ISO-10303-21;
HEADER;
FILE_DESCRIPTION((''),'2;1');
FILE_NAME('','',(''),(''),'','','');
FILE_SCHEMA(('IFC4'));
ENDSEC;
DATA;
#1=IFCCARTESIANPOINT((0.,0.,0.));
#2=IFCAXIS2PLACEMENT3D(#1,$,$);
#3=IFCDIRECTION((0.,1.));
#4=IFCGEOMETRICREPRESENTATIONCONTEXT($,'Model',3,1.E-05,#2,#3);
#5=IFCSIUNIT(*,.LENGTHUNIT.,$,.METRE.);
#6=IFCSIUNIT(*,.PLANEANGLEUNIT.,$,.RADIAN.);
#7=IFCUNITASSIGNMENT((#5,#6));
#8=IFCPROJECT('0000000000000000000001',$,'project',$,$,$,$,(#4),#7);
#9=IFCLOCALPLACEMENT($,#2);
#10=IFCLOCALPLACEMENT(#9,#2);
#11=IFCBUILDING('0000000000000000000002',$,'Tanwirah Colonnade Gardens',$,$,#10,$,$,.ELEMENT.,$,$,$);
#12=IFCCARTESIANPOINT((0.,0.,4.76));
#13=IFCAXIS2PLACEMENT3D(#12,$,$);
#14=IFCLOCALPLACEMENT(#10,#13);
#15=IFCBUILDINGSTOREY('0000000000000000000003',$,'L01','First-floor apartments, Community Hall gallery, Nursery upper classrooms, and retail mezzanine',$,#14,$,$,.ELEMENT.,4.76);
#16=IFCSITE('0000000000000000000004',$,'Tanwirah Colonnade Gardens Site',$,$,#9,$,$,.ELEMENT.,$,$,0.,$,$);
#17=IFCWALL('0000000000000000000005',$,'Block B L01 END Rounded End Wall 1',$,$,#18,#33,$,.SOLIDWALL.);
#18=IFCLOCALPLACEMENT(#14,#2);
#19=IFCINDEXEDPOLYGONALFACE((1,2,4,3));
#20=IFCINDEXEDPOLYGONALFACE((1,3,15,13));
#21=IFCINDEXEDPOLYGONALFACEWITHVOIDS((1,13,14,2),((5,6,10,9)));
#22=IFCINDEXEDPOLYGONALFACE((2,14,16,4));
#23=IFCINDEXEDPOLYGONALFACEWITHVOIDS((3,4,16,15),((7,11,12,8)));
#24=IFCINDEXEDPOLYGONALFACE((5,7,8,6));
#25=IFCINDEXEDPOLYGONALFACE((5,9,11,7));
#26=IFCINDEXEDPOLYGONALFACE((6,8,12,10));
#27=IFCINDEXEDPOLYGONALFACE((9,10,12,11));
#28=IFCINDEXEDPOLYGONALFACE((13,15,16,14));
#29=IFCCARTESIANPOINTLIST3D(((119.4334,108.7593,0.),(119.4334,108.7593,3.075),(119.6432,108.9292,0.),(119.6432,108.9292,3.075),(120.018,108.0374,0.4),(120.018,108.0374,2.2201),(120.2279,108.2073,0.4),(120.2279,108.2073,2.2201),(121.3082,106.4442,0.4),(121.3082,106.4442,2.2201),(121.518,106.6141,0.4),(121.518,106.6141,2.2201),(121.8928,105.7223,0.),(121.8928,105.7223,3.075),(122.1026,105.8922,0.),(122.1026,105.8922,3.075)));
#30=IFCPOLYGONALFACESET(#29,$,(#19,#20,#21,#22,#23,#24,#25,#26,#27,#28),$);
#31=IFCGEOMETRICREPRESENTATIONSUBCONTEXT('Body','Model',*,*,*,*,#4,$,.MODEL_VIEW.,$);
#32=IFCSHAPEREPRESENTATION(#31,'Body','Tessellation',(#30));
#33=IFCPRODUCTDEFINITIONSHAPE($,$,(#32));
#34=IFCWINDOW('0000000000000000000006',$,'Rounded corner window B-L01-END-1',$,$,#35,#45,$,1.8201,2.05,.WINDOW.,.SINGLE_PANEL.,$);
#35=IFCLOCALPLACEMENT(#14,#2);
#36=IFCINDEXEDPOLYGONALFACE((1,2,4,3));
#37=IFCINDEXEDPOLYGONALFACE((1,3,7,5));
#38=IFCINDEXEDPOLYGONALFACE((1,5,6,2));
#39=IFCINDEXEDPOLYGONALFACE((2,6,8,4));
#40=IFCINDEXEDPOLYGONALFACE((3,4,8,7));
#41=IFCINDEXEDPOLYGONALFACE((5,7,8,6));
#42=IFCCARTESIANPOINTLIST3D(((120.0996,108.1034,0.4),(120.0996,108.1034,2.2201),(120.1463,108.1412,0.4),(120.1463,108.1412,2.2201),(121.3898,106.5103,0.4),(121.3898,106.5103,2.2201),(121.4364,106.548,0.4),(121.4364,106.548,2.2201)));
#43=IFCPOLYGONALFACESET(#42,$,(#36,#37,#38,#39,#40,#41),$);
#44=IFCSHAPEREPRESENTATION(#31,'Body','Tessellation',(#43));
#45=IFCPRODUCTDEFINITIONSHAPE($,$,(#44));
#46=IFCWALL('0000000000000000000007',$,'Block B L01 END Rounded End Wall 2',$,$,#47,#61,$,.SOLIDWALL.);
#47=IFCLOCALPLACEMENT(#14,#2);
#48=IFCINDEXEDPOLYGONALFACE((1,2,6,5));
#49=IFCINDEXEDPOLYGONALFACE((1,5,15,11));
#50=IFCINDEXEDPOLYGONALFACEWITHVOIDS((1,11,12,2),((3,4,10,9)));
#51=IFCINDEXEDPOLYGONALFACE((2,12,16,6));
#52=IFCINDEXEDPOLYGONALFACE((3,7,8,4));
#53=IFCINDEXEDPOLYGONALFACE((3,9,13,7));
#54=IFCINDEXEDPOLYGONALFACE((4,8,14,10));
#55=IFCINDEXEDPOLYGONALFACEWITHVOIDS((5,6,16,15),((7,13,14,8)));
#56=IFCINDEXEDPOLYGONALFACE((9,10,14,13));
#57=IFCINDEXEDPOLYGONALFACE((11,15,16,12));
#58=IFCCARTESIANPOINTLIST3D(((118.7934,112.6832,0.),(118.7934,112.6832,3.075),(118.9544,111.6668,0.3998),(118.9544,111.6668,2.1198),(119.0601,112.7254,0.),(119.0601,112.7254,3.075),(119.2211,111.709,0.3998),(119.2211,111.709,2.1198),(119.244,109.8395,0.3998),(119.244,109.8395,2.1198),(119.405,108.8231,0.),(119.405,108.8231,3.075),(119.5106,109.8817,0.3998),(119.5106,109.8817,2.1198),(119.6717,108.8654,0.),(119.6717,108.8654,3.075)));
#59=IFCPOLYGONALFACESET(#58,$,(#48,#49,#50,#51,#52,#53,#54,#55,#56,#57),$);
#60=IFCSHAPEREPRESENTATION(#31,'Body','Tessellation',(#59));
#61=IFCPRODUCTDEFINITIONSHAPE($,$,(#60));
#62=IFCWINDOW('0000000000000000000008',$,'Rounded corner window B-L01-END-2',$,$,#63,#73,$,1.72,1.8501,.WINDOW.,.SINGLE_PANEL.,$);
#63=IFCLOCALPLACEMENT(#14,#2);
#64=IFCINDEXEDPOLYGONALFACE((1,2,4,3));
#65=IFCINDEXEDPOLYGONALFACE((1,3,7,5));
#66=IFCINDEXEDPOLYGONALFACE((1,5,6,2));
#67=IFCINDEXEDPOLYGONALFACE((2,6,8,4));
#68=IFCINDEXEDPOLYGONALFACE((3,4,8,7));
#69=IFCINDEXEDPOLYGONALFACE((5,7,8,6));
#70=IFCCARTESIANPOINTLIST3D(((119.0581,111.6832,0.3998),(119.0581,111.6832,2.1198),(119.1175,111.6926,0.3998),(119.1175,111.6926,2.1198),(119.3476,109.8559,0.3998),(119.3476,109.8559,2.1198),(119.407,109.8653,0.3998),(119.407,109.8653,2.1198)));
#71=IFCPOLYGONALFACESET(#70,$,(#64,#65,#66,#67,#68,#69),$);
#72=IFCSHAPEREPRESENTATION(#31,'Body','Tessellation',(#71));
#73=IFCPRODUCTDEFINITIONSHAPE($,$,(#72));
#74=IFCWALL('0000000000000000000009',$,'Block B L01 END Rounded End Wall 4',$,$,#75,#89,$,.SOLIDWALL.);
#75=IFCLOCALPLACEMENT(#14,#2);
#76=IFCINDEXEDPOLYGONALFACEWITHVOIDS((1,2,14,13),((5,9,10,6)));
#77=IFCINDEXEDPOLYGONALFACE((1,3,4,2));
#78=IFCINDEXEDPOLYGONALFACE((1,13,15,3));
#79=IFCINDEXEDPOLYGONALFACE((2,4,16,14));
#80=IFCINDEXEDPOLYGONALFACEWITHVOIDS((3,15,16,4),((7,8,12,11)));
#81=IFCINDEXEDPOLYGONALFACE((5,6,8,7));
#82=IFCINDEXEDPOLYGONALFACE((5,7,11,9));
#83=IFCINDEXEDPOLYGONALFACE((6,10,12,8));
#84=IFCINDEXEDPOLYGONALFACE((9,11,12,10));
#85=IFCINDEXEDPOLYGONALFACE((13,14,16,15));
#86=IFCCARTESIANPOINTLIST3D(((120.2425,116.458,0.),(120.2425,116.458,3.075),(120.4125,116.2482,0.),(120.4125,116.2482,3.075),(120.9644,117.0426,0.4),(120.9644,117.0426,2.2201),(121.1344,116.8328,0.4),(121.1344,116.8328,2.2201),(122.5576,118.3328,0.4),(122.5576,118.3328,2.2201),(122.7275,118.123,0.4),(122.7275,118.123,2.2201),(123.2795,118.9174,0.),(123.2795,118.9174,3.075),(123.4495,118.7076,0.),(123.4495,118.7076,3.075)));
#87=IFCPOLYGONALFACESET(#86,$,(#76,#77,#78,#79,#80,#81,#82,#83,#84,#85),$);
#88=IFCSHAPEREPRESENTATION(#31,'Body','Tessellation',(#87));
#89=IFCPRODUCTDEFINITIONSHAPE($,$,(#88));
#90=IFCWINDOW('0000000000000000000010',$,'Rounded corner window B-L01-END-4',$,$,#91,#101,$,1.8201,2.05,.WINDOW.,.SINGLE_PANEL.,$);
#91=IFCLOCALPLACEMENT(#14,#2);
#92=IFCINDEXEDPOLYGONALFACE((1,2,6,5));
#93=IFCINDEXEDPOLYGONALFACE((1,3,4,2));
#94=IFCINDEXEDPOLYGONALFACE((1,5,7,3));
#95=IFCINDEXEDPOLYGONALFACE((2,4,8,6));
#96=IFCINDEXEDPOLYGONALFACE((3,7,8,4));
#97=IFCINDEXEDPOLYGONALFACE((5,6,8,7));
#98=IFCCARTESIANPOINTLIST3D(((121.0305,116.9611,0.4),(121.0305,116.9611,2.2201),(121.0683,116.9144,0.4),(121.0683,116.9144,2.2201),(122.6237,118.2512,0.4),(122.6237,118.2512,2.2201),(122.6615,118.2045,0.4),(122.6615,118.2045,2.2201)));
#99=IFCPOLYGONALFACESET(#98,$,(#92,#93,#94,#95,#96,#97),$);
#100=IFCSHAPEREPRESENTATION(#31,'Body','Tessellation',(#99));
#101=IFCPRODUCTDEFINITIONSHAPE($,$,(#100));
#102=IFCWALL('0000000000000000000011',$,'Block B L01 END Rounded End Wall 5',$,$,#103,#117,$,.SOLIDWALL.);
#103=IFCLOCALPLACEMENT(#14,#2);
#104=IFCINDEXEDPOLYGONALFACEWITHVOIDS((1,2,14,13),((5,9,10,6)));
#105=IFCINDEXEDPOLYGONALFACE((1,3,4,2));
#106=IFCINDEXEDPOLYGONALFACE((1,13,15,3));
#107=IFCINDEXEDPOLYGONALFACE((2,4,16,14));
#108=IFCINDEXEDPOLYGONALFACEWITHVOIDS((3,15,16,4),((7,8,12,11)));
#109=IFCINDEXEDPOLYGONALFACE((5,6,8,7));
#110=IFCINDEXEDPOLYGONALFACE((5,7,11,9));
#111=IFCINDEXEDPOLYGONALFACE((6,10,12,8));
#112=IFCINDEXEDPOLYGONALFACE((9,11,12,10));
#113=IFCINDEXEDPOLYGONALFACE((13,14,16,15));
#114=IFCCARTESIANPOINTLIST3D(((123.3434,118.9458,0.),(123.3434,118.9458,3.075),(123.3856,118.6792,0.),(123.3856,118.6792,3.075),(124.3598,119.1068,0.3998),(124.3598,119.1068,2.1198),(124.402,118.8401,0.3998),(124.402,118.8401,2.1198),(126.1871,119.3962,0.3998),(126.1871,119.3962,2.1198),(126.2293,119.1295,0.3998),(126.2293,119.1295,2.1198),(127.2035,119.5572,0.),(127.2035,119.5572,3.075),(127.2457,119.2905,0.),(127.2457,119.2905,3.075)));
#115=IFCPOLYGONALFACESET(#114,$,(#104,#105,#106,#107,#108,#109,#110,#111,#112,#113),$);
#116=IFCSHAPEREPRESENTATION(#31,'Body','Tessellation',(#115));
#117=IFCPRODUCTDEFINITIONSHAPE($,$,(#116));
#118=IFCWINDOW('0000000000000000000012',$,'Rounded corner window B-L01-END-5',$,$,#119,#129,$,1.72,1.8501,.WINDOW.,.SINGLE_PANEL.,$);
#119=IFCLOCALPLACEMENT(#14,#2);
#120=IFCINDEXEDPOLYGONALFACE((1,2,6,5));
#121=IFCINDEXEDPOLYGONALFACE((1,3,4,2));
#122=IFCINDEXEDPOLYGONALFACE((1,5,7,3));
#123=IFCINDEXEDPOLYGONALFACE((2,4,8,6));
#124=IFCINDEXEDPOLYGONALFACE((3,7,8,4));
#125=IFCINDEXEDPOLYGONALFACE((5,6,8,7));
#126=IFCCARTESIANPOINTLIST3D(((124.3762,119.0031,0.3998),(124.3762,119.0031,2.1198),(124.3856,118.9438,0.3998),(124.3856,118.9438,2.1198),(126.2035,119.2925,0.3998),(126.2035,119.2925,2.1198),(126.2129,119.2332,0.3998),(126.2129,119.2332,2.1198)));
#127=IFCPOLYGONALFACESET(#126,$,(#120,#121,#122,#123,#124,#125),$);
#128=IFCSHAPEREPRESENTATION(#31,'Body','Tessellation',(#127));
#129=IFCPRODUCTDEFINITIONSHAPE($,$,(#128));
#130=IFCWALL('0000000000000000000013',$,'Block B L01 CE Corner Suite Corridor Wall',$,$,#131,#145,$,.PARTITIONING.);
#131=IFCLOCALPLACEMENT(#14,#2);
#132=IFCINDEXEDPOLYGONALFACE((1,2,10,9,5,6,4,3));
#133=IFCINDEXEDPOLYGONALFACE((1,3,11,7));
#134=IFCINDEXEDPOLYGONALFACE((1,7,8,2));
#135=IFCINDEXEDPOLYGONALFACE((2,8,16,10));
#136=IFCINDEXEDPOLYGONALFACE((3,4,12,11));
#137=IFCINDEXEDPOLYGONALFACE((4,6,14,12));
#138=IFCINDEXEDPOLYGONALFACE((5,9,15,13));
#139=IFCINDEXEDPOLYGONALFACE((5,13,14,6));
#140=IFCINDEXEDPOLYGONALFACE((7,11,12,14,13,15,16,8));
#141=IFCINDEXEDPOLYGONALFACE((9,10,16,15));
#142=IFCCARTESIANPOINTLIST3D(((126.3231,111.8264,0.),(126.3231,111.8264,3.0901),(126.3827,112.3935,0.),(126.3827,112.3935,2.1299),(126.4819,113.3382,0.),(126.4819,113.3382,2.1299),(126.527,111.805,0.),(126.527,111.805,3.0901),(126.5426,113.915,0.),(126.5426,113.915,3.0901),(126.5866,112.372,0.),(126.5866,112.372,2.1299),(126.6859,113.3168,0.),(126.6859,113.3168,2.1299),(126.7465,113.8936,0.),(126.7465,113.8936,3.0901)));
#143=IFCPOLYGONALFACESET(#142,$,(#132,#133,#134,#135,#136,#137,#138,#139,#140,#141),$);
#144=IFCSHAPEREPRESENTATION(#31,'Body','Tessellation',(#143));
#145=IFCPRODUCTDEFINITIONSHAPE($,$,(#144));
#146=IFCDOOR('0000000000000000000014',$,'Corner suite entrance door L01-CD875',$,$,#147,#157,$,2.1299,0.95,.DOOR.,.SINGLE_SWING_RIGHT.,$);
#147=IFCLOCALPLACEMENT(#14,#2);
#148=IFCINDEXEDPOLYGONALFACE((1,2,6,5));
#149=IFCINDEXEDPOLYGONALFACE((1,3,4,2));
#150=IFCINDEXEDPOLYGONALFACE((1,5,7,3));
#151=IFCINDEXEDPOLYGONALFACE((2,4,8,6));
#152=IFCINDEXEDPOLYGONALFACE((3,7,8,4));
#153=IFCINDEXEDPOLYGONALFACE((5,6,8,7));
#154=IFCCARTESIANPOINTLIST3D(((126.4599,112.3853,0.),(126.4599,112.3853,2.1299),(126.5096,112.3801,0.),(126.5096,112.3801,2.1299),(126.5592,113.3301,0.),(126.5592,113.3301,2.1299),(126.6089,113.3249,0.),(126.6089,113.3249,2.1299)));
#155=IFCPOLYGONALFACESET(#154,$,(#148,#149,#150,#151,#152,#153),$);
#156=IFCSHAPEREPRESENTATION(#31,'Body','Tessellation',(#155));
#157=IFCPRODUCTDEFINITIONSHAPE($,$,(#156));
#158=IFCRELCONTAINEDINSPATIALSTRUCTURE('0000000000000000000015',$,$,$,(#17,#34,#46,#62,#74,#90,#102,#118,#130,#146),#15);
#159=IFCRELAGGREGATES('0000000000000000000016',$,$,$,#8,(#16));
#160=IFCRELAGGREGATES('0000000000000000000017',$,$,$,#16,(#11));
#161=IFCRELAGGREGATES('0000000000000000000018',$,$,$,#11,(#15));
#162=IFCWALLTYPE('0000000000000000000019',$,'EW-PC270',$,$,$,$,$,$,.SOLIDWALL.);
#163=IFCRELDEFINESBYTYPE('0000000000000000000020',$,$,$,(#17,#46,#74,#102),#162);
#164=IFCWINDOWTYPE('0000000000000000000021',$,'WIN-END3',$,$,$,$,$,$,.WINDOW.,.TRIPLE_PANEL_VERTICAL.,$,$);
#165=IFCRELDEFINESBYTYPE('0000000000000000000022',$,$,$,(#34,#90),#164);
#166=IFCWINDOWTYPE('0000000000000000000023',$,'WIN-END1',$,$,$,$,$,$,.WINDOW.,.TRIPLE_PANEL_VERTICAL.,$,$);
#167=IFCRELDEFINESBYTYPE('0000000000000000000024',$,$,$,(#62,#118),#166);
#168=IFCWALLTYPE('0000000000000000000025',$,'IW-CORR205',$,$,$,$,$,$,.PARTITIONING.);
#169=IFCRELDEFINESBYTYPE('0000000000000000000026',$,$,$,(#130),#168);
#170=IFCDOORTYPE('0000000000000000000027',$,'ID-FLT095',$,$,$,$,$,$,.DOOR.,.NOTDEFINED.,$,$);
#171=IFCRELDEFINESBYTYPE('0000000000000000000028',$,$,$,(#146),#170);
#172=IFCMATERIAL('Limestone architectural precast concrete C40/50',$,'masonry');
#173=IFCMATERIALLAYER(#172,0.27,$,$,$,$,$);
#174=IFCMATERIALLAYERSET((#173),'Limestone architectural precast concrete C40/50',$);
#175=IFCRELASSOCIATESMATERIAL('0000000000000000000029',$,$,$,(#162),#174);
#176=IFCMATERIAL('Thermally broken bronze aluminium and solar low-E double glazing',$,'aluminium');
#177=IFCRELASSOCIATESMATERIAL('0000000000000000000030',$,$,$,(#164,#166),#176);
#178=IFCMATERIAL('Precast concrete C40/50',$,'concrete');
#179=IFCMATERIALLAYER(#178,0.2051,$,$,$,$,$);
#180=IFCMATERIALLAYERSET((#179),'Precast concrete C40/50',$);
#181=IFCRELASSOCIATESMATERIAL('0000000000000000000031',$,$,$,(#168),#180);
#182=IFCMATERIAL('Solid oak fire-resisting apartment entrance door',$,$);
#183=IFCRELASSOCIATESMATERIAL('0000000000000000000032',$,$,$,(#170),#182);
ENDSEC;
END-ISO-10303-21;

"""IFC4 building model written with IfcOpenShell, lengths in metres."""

from ifc_helpers import new_model, si_unit, direction, frame, frame_2d, origin, place, context, subcontext, project, spatial, rectangle, extrude, material, layer, layer_set, type_object, element, fill, save


model = new_model("IFC4")

# Units and contexts
model_context = context("Model", 3, precision=1e-05, world=origin(), true_north=direction((0.0, 1.0)))
body_context = subcontext(model_context, "Body", "Model", "MODEL_VIEW")
ifc_project = project(units=[si_unit("LENGTHUNIT", "METRE"), si_unit("PLANEANGLEUNIT", "RADIAN")], contexts=[model_context])

# Site, building, storey
site_placement = place(None, origin())
site = spatial("IfcSite", under=ifc_project, at=site_placement, Name="Tanwirah Colonnade Gardens Site", CompositionType="ELEMENT", RefElevation=0.0)
building_placement = place(site_placement, origin())
building = spatial("IfcBuilding", under=site, at=building_placement, Name="Tanwirah Colonnade Gardens", CompositionType="ELEMENT")
storey_placement = place(building_placement, frame((0.0, 0.0, 4.76)))
storey = spatial("IfcBuildingStorey", under=building, at=storey_placement, Name="L01", Description="First-floor apartments, Community Hall gallery, Nursery upper classrooms, and retail mezzanine", CompositionType="ELEMENT", Elevation=4.76)

# Shared definitions
ifc_material_1 = material(Name="Precast concrete C40/50", Category="concrete")

# Walls, openings, windows
ifc_material_2 = material(Name="Limestone architectural precast concrete C40/50", Category="masonry")
ifc_layer_1 = layer(ifc_material_2, 0.27)
ifc_layer_set_1 = layer_set([ifc_layer_1], Name="Limestone architectural precast concrete C40/50")
wall_type_1 = type_object("IfcWallType", Name="EW-PC270", PredefinedType="SOLIDWALL", material=ifc_layer_set_1)
wall_1_placement = place(storey_placement, frame((121.9978, 105.8071, 0.0), z_axis=(0.0, 0.0, 1.0), x_axis=(-0.629331, 0.777137, 0.0)))
wall_1 = element("IfcWall", 1, at=wall_1_placement, inside=storey, type_object=wall_type_1, Name="Block B L01 END Rounded End Wall 1", PredefinedType="SOLIDWALL", context=body_context, shape_type="SweptSolid", body=[
    extrude(rectangle(XDim=3.908, YDim=0.27, at=frame_2d((1.9541, 0.0))), origin(), (0.0, 0.0, 1.0), 3.075),
])
opening_1_placement = place(wall_1_placement, frame((0.9292, 0.0, 0.3999)))
opening_1 = element("IfcOpeningElement", 2, at=opening_1_placement, cuts=wall_1, PredefinedType="OPENING", context=body_context, shape_type="SweptSolid", body=[
    extrude(rectangle(XDim=2.05, YDim=1.8201, at=frame_2d((1.0249, 0.9102))), frame((0.0, 0.145, 0.0), z_axis=(0.0, -1.0, 0.0), x_axis=(1.0, 0.0, 0.0)), (0.0, 0.0, 1.0), 0.29),
])
ifc_material_3 = material(Name="Thermally broken bronze aluminium and solar low-E double glazing", Category="aluminium")
window_type_1 = type_object("IfcWindowType", Name="WIN-END3", PartitioningType="TRIPLE_PANEL_VERTICAL", PredefinedType="WINDOW", material=ifc_material_3)
window_1_placement = place(opening_1_placement, origin())
window_1 = element("IfcWindow", 3, at=window_1_placement, inside=storey, type_object=window_type_1, Name="Rounded corner window B-L01-END-1", OverallHeight=1.8201, OverallWidth=2.05, PartitioningType="SINGLE_PANEL", PredefinedType="WINDOW", context=body_context, shape_type="SweptSolid", body=[
    extrude(rectangle(XDim=2.05, YDim=1.8201, at=frame_2d((1.0249, 0.9102))), frame((0.0, 0.03, 0.0), z_axis=(0.0, -1.0, 0.0), x_axis=(1.0, 0.0, 0.0)), (0.0, 0.0, 1.0), 0.0601),
])
fill(opening_1, window_1)
wall_2_placement = place(storey_placement, frame((119.5383, 108.8442, 0.0), z_axis=(0.0, 0.0, 1.0), x_axis=(-0.156482, 0.987681, 0.0)))
wall_2 = element("IfcWall", 4, at=wall_2_placement, inside=storey, type_object=wall_type_1, Name="Block B L01 END Rounded End Wall 2", PredefinedType="SOLIDWALL", context=body_context, shape_type="SweptSolid", body=[
    extrude(rectangle(XDim=3.9082, YDim=0.27, at=frame_2d((1.9541, 0.0))), origin(), (0.0, 0.0, 1.0), 3.075),
])
opening_2_placement = place(wall_2_placement, frame((1.0291, 0.0, 0.3999)))
opening_2 = element("IfcOpeningElement", 5, at=opening_2_placement, cuts=wall_2, PredefinedType="OPENING", context=body_context, shape_type="SweptSolid", body=[
    extrude(rectangle(XDim=1.8501, YDim=1.72, at=frame_2d((0.925, 0.8599))), frame((0.0, 0.145, 0.0), z_axis=(0.0, -1.0, 0.0), x_axis=(1.0, 0.0, 0.0)), (0.0, 0.0, 1.0), 0.29),
])
window_type_2 = type_object("IfcWindowType", Name="WIN-END1", PartitioningType="TRIPLE_PANEL_VERTICAL", PredefinedType="WINDOW", material=ifc_material_3)
window_2_placement = place(opening_2_placement, origin())
window_2 = element("IfcWindow", 6, at=window_2_placement, inside=storey, type_object=window_type_2, Name="Rounded corner window B-L01-END-2", OverallHeight=1.72, OverallWidth=1.8501, PartitioningType="SINGLE_PANEL", PredefinedType="WINDOW", context=body_context, shape_type="SweptSolid", body=[
    extrude(rectangle(XDim=1.8501, YDim=1.72, at=frame_2d((0.925, 0.8599))), frame((0.0, 0.03, 0.0), z_axis=(0.0, -1.0, 0.0), x_axis=(1.0, 0.0, 0.0)), (0.0, 0.0, 1.0), 0.0601),
])
fill(opening_2, window_2)
wall_3_placement = place(storey_placement, frame((120.3274, 116.353, 0.0), z_axis=(0.0, 0.0, 1.0), x_axis=(0.777137, 0.629331, 0.0)))
wall_3 = element("IfcWall", 7, at=wall_3_placement, inside=storey, type_object=wall_type_1, Name="Block B L01 END Rounded End Wall 4", PredefinedType="SOLIDWALL", context=body_context, shape_type="SweptSolid", body=[
    extrude(rectangle(XDim=3.908, YDim=0.27, at=frame_2d((1.9541, 0.0))), origin(), (0.0, 0.0, 1.0), 3.075),
])
opening_3_placement = place(wall_3_placement, frame((0.9292, 0.0, 0.3999)))
opening_3 = element("IfcOpeningElement", 8, at=opening_3_placement, cuts=wall_3, PredefinedType="OPENING", context=body_context, shape_type="SweptSolid", body=[
    extrude(rectangle(XDim=2.05, YDim=1.8201, at=frame_2d((1.0249, 0.9102))), frame((0.0, 0.145, 0.0), z_axis=(0.0, -1.0, 0.0), x_axis=(1.0, 0.0, 0.0)), (0.0, 0.0, 1.0), 0.29),
])
window_3_placement = place(opening_3_placement, origin())
window_3 = element("IfcWindow", 9, at=window_3_placement, inside=storey, type_object=window_type_1, Name="Rounded corner window B-L01-END-4", OverallHeight=1.8201, OverallWidth=2.05, PartitioningType="SINGLE_PANEL", PredefinedType="WINDOW", context=body_context, shape_type="SweptSolid", body=[
    extrude(rectangle(XDim=2.05, YDim=1.8201, at=frame_2d((1.0249, 0.9102))), frame((0.0, 0.03, 0.0), z_axis=(0.0, -1.0, 0.0), x_axis=(1.0, 0.0, 0.0)), (0.0, 0.0, 1.0), 0.0601),
])
fill(opening_3, window_3)
wall_4_placement = place(storey_placement, frame((123.3645, 118.8125, 0.0), z_axis=(0.0, 0.0, 1.0), x_axis=(0.98769, 0.156421, 0.0)))
wall_4 = element("IfcWall", 10, at=wall_4_placement, inside=storey, type_object=wall_type_1, Name="Block B L01 END Rounded End Wall 5", PredefinedType="SOLIDWALL", context=body_context, shape_type="SweptSolid", body=[
    extrude(rectangle(XDim=3.9082, YDim=0.27, at=frame_2d((1.9541, 0.0))), origin(), (0.0, 0.0, 1.0), 3.075),
])
opening_4_placement = place(wall_4_placement, frame((1.0291, 0.0, 0.3999)))
opening_4 = element("IfcOpeningElement", 11, at=opening_4_placement, cuts=wall_4, PredefinedType="OPENING", context=body_context, shape_type="SweptSolid", body=[
    extrude(rectangle(XDim=1.8501, YDim=1.72, at=frame_2d((0.925, 0.8599))), frame((0.0, 0.145, 0.0), z_axis=(0.0, -1.0, 0.0), x_axis=(1.0, 0.0, 0.0)), (0.0, 0.0, 1.0), 0.29),
])
window_4_placement = place(opening_4_placement, origin())
window_4 = element("IfcWindow", 12, at=window_4_placement, inside=storey, type_object=window_type_2, Name="Rounded corner window B-L01-END-5", OverallHeight=1.72, OverallWidth=1.8501, PartitioningType="SINGLE_PANEL", PredefinedType="WINDOW", context=body_context, shape_type="SweptSolid", body=[
    extrude(rectangle(XDim=1.8501, YDim=1.72, at=frame_2d((0.925, 0.8599))), frame((0.0, 0.03, 0.0), z_axis=(0.0, -1.0, 0.0), x_axis=(1.0, 0.0, 0.0)), (0.0, 0.0, 1.0), 0.0601),
])
fill(opening_4, window_4)

# Wall, opening, door
ifc_layer_2 = layer(ifc_material_1, 0.2051)
ifc_layer_set_2 = layer_set([ifc_layer_2], Name="Precast concrete C40/50")
wall_type_2 = type_object("IfcWallType", Name="IW-CORR205", PredefinedType="PARTITIONING", material=ifc_layer_set_2)
wall_5_placement = place(storey_placement, frame((126.425, 111.8157, 0.0), z_axis=(0.0, 0.0, 1.0), x_axis=(0.104509, 0.994524, 0.0)))
wall_5 = element("IfcWall", 13, at=wall_5_placement, inside=storey, type_object=wall_type_2, Name="Block B L01 CE Corner Suite Corridor Wall", PredefinedType="PARTITIONING", context=body_context, shape_type="SweptSolid", body=[
    extrude(rectangle(XDim=2.1001, YDim=0.2051, at=frame_2d((1.05, 0.0))), origin(), (0.0, 0.0, 1.0), 3.0901),
])
opening_5_placement = place(wall_5_placement, frame((0.5701, 0.0, 0.0)))
opening_5 = element("IfcOpeningElement", 14, at=opening_5_placement, cuts=wall_5, PredefinedType="OPENING", context=body_context, shape_type="SweptSolid", body=[
    extrude(rectangle(XDim=0.95, YDim=2.1299, at=frame_2d((0.4751, 1.0649))), frame((0.0, 0.1125, 0.0), z_axis=(0.0, -1.0, 0.0), x_axis=(1.0, 0.0, 0.0)), (0.0, 0.0, 1.0), 0.2251),
])
ifc_material_4 = material(Name="Solid oak fire-resisting apartment entrance door")
door_type = type_object("IfcDoorType", Name="ID-FLT095", OperationType="NOTDEFINED", PredefinedType="DOOR", material=ifc_material_4)
door_placement = place(opening_5_placement, origin())
door = element("IfcDoor", 15, at=door_placement, inside=storey, type_object=door_type, Name="Corner suite entrance door L01-CD875", OperationType="SINGLE_SWING_RIGHT", OverallHeight=2.1299, OverallWidth=0.95, PredefinedType="DOOR", context=body_context, shape_type="SweptSolid", body=[
    extrude(rectangle(XDim=0.95, YDim=2.1299, at=frame_2d((0.4751, 1.0649))), frame((0.0, 0.0249, 0.0), z_axis=(0.0, -1.0, 0.0), x_axis=(1.0, 0.0, 0.0)), (0.0, 0.0, 1.0), 0.05),
])
fill(opening_5, door)

save(model, "model.ifc")
